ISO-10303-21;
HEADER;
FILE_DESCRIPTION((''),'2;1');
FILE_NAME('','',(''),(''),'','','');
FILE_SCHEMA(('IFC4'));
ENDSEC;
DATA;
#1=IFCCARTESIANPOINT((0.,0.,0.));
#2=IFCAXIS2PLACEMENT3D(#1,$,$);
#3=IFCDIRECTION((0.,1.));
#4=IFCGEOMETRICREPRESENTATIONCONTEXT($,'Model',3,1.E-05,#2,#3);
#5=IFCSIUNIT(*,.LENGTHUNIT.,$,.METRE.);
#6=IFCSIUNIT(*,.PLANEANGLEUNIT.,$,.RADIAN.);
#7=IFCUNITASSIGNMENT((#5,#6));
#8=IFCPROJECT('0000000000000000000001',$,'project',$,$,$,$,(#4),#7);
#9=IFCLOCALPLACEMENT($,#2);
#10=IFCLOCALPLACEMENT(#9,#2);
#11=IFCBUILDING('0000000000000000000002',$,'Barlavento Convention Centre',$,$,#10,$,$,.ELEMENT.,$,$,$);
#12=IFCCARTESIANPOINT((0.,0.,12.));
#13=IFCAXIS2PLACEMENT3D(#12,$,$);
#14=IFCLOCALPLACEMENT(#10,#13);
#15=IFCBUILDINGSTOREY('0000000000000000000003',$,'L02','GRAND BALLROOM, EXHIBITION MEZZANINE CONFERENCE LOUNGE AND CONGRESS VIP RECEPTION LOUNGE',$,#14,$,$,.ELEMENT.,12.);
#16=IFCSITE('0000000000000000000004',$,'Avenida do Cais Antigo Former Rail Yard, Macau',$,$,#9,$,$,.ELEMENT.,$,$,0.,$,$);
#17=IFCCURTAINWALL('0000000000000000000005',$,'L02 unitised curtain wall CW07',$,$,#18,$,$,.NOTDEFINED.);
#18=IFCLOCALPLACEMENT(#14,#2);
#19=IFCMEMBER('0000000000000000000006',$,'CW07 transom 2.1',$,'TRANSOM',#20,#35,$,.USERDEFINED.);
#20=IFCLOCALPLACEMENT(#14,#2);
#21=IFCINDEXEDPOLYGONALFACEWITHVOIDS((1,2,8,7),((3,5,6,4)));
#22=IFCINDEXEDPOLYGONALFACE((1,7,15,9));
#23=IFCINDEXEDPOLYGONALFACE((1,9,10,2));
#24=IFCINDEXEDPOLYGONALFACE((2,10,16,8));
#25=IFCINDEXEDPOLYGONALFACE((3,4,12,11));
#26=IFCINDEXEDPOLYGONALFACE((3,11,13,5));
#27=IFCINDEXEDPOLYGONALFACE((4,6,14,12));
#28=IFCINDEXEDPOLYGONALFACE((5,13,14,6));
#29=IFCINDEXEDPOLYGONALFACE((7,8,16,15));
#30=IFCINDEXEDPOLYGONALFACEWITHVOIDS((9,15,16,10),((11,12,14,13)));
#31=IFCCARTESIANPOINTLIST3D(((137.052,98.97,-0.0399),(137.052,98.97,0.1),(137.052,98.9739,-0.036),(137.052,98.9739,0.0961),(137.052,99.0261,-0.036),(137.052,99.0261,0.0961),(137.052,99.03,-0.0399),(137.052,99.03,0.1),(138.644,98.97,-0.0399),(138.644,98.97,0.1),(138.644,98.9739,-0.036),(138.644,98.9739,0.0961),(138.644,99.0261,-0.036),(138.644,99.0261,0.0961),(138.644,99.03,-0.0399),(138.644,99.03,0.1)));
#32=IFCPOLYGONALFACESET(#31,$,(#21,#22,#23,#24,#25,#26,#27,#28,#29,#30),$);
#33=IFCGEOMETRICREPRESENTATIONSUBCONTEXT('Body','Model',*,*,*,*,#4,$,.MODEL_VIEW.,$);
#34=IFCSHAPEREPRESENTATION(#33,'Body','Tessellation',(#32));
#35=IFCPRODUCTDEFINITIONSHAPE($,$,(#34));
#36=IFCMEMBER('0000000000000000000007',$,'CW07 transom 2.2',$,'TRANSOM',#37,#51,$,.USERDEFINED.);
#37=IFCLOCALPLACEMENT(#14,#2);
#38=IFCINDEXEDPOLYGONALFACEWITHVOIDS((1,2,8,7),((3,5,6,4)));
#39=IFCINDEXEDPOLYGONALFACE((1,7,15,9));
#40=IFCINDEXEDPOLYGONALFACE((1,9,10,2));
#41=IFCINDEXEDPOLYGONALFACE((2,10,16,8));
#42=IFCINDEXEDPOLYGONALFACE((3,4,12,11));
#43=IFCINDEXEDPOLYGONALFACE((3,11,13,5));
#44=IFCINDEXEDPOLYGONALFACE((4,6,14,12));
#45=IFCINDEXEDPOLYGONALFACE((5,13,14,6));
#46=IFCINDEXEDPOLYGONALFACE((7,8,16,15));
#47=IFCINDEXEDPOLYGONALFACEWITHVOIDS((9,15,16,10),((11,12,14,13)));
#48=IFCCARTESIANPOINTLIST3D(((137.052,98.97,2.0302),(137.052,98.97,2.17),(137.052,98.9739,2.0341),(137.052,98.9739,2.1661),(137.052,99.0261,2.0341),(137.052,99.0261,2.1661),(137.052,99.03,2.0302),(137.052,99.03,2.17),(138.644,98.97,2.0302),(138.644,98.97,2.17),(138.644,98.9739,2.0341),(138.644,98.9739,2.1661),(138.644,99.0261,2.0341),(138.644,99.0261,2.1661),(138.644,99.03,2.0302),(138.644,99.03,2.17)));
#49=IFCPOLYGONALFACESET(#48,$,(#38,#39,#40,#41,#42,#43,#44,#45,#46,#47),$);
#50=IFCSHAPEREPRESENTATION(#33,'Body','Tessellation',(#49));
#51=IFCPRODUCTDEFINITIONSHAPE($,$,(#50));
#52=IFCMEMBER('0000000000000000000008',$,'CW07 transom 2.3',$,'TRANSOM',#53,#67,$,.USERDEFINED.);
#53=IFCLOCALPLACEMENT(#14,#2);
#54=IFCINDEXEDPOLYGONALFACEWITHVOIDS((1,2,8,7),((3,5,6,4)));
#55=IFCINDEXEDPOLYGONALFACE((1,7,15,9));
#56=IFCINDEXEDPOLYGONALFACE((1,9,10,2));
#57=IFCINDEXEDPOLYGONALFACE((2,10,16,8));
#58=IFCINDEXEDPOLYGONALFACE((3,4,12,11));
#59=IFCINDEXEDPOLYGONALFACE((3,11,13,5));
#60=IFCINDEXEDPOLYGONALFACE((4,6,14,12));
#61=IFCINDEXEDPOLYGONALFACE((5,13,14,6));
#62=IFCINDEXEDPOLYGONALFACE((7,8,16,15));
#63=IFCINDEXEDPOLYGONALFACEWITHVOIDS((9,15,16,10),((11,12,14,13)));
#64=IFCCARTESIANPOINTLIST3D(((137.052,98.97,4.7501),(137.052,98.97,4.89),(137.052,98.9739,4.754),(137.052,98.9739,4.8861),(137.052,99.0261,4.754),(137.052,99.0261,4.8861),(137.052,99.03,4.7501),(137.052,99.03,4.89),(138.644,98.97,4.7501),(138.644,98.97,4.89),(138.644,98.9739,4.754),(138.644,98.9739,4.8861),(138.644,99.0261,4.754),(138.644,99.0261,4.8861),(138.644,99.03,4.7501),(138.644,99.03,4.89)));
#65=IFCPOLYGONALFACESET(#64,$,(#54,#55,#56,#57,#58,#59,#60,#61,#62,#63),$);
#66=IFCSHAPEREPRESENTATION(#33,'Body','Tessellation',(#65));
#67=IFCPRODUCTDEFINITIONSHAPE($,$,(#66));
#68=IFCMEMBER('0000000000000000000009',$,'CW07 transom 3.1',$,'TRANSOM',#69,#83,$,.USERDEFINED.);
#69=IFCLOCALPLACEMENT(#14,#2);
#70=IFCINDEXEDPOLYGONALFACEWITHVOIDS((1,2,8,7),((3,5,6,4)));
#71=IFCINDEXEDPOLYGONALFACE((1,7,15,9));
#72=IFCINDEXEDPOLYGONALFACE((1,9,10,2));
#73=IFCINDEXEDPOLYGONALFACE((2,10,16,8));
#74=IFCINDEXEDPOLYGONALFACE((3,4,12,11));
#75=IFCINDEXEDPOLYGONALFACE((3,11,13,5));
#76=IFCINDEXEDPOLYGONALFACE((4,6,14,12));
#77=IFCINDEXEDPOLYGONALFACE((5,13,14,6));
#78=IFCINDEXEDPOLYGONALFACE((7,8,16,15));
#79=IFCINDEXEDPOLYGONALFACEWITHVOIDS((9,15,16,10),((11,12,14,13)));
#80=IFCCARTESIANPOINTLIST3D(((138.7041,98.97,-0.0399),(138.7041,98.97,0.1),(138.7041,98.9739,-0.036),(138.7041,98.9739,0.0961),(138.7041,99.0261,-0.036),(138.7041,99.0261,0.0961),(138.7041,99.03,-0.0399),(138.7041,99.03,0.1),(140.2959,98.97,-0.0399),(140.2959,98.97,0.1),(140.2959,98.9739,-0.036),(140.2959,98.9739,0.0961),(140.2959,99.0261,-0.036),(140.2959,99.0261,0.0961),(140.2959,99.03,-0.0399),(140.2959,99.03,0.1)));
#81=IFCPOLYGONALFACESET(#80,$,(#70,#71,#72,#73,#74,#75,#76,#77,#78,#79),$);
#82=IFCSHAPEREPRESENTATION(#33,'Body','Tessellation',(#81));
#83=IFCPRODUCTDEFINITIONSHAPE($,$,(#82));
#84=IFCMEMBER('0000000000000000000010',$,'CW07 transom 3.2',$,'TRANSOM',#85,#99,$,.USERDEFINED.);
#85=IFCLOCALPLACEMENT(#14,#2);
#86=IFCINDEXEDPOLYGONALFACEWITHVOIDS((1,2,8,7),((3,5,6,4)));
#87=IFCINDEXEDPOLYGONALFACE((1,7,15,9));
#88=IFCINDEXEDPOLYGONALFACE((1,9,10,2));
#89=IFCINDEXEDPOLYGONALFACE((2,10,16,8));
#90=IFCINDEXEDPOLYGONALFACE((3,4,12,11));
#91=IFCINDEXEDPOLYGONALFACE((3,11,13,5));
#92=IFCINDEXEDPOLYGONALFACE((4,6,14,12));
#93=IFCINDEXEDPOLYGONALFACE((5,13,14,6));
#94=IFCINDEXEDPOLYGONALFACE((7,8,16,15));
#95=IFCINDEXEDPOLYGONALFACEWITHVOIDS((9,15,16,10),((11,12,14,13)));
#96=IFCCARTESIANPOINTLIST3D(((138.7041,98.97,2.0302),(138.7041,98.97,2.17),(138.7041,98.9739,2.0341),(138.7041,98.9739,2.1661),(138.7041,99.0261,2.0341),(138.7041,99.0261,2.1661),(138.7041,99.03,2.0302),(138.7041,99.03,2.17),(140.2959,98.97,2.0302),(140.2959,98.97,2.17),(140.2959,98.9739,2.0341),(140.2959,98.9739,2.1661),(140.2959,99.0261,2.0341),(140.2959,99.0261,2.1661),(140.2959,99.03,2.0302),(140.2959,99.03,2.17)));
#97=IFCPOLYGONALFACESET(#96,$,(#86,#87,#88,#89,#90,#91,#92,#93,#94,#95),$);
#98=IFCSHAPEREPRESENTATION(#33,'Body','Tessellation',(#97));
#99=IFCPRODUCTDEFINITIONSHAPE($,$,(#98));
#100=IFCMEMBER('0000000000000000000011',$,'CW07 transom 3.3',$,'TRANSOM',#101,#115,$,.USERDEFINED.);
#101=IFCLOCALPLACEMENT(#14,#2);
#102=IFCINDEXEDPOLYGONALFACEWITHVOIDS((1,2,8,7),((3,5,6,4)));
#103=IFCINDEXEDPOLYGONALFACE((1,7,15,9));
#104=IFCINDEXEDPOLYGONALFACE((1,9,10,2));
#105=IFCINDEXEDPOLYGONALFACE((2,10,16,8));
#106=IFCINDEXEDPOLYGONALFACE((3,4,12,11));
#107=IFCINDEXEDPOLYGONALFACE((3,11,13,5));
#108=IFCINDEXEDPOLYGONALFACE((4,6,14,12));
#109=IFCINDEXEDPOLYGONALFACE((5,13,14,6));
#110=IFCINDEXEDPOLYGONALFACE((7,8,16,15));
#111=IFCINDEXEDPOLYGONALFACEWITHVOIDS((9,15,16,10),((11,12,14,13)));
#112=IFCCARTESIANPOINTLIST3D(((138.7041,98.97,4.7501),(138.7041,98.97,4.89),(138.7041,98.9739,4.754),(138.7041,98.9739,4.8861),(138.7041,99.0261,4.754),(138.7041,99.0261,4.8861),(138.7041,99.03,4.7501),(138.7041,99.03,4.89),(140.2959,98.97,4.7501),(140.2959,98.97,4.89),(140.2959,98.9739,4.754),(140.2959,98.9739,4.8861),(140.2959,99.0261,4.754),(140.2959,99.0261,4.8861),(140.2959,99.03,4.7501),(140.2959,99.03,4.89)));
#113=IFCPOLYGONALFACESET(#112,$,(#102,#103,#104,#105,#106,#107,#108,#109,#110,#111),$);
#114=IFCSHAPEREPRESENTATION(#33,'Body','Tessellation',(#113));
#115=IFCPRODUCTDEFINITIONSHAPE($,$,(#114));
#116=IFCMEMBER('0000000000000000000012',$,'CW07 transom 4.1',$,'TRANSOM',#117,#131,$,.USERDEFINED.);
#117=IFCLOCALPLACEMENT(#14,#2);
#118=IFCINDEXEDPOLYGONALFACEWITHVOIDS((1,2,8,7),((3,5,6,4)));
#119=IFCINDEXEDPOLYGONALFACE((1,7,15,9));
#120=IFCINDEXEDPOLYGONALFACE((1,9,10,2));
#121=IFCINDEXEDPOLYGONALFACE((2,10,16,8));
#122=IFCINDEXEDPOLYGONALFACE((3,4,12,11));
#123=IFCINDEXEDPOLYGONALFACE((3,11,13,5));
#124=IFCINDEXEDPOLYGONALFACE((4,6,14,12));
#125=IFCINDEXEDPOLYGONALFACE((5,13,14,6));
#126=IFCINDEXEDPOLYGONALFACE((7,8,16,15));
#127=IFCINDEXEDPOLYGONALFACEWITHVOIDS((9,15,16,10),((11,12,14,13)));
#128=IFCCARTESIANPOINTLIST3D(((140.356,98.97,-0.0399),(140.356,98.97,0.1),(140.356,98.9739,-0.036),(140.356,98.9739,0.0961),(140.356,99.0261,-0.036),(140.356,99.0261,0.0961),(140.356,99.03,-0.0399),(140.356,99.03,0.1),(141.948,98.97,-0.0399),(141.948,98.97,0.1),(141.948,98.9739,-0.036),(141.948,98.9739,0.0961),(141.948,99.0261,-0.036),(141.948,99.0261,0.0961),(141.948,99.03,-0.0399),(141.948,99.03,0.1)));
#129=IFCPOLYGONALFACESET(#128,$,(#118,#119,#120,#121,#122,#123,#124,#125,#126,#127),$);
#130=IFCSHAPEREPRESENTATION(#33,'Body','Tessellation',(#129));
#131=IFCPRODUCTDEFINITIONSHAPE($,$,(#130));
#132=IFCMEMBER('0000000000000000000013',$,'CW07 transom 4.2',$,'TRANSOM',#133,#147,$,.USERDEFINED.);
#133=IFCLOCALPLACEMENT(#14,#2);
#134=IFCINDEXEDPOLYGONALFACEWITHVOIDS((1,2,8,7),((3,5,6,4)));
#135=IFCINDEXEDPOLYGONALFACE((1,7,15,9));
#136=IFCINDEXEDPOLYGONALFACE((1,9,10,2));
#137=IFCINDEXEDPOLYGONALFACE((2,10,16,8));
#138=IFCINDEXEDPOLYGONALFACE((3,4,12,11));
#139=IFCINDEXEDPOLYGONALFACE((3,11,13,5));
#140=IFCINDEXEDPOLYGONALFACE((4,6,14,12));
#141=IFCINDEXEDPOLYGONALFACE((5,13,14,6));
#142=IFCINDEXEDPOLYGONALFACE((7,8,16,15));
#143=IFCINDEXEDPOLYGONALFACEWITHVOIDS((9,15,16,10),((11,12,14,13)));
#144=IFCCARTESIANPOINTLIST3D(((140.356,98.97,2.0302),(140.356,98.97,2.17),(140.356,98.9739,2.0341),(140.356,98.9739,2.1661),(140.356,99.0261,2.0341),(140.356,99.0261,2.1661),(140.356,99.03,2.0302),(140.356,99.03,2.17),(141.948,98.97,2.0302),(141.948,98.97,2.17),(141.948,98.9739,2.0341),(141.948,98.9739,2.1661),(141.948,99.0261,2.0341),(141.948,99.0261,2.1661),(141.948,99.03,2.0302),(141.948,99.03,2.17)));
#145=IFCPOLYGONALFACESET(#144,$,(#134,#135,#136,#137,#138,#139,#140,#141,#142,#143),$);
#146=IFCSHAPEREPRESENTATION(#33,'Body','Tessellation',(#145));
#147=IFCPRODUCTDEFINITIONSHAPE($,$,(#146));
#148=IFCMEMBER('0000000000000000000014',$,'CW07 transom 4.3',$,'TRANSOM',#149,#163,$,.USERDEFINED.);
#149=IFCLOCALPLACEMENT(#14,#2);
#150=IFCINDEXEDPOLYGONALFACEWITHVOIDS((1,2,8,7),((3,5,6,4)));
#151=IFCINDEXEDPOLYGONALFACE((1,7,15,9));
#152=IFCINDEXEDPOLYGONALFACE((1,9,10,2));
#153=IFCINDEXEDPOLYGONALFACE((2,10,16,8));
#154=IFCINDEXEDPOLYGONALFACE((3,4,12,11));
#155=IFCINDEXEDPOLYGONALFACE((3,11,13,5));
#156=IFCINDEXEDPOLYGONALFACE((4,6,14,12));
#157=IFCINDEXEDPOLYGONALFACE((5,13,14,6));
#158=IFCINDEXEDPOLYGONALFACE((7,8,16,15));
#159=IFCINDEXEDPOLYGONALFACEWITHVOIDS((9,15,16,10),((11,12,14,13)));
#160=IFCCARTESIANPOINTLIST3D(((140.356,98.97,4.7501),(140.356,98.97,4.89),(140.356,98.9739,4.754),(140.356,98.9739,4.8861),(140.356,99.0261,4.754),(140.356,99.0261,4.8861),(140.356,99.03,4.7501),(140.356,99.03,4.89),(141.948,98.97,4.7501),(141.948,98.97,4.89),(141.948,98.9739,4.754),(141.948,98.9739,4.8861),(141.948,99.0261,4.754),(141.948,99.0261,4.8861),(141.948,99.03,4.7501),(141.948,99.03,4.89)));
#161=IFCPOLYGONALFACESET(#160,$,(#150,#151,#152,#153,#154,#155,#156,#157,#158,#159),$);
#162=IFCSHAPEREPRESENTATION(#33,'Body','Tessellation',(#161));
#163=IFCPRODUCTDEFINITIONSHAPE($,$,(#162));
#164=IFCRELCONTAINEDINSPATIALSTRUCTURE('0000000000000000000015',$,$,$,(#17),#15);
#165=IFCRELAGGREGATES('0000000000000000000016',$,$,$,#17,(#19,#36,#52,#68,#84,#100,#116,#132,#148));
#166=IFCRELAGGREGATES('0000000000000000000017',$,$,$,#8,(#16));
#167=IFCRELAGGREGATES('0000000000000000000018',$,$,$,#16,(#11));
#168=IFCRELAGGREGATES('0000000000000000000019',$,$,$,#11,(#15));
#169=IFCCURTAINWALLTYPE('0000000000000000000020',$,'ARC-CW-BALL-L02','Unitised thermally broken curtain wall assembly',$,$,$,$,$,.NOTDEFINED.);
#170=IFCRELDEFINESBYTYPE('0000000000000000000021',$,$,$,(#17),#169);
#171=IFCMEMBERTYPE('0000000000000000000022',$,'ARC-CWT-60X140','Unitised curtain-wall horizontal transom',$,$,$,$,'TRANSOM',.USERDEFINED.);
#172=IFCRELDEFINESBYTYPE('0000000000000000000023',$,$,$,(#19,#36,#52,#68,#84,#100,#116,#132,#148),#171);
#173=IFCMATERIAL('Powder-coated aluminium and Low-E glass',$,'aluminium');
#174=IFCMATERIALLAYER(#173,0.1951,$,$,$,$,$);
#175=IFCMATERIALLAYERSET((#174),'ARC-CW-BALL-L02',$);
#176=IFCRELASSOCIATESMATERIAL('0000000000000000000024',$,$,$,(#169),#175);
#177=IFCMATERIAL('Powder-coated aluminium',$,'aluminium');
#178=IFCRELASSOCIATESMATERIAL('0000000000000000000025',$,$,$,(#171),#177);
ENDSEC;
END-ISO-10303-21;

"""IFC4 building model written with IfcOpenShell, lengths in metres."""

from ifc_helpers import new_model, si_unit, direction, frame, origin, origin_2d, place, context, subcontext, project, spatial, hollow_rectangle, extrude, material, layer, layer_set, material_profile, profile_set, type_object, element, aggregate, save


model = new_model("IFC4")

# Units and contexts
model_context = context("Model", 3, precision=1e-05, world=origin(), true_north=direction((0.0, 1.0)))
body_context = subcontext(model_context, "Body", "Model", "MODEL_VIEW")
ifc_project = project(units=[si_unit("LENGTHUNIT", "METRE"), si_unit("PLANEANGLEUNIT", "RADIAN")], contexts=[model_context])

# Site, building, storey
site_placement = place(None, origin())
site = spatial("IfcSite", under=ifc_project, at=site_placement, Name="Avenida do Cais Antigo Former Rail Yard, Macau", CompositionType="ELEMENT", RefElevation=0.0)
building_placement = place(site_placement, origin())
building = spatial("IfcBuilding", under=site, at=building_placement, Name="Barlavento Convention Centre", CompositionType="ELEMENT")
storey_placement = place(building_placement, frame((0.0, 0.0, 12.0)))
storey = spatial("IfcBuildingStorey", under=building, at=storey_placement, Name="L02", Description="GRAND BALLROOM, EXHIBITION MEZZANINE CONFERENCE LOUNGE AND CONGRESS VIP RECEPTION LOUNGE", CompositionType="ELEMENT", Elevation=12.0)

# Shared definitions
ifc_material_1 = material(Name="Powder-coated aluminium and Low-E glass", Category="aluminium")
ifc_layer_1 = layer(ifc_material_1, 0.1951)
ifc_layer_set_1 = layer_set([ifc_layer_1], Name="ARC-CW-BALL-L02")
curtain_wall_type = type_object("IfcCurtainWallType", Name="ARC-CW-BALL-L02", Description="Unitised thermally broken curtain wall assembly", PredefinedType="NOTDEFINED", material=ifc_layer_set_1)
ifc_material_2 = material(Name="Powder-coated aluminium", Category="aluminium")

# Curtain wall, members
curtain_wall_1_placement = place(storey_placement, origin())
curtain_wall_1 = element("IfcCurtainWall", 1, at=curtain_wall_1_placement, inside=storey, type_object=curtain_wall_type, Name="L02 unitised curtain wall CW07", PredefinedType="NOTDEFINED")
ifc_material_profile_1 = material_profile(ifc_material_2, hollow_rectangle(XDim=0.0601, YDim=0.1399, WallThickness=0.0039, at=origin_2d()), Name="AL-TRAN 60x140x4")
ifc_profile_set_1 = profile_set([ifc_material_profile_1], Name="Powder-coated aluminium")
member_type_1 = type_object("IfcMemberType", Name="ARC-CWT-60X140", Description="Unitised curtain-wall horizontal transom", ElementType="TRANSOM", PredefinedType="USERDEFINED", material=ifc_profile_set_1)
member_1_placement = place(storey_placement, frame((137.052, 99.0, 0.03), z_axis=(1.0, 0.0, 0.0), x_axis=(0.0, 1.0, 0.0)))
member_1 = element("IfcMember", 2, at=member_1_placement, type_object=member_type_1, Name="CW07 transom 2.1", ObjectType="TRANSOM", PredefinedType="USERDEFINED", context=body_context, shape_type="SweptSolid", body=[
    extrude(hollow_rectangle(XDim=0.0601, YDim=0.1399, WallThickness=0.0039, at=origin_2d()), origin(), (0.0, 0.0, 1.0), 1.592),
])
member_2_placement = place(storey_placement, frame((137.052, 99.0, 2.1001), z_axis=(1.0, 0.0, 0.0), x_axis=(0.0, 1.0, 0.0)))
member_2 = element("IfcMember", 3, at=member_2_placement, type_object=member_type_1, Name="CW07 transom 2.2", ObjectType="TRANSOM", PredefinedType="USERDEFINED", context=body_context, shape_type="SweptSolid", body=[
    extrude(hollow_rectangle(XDim=0.0601, YDim=0.1399, WallThickness=0.0039, at=origin_2d()), origin(), (0.0, 0.0, 1.0), 1.592),
])
member_3_placement = place(storey_placement, frame((137.052, 99.0, 4.8201), z_axis=(1.0, 0.0, 0.0), x_axis=(0.0, 1.0, 0.0)))
member_3 = element("IfcMember", 4, at=member_3_placement, type_object=member_type_1, Name="CW07 transom 2.3", ObjectType="TRANSOM", PredefinedType="USERDEFINED", context=body_context, shape_type="SweptSolid", body=[
    extrude(hollow_rectangle(XDim=0.0601, YDim=0.1399, WallThickness=0.0039, at=origin_2d()), origin(), (0.0, 0.0, 1.0), 1.592),
])
member_4_placement = place(storey_placement, frame((138.7041, 99.0, 0.03), z_axis=(1.0, 0.0, 0.0), x_axis=(0.0, 1.0, 0.0)))
member_4 = element("IfcMember", 5, at=member_4_placement, type_object=member_type_1, Name="CW07 transom 3.1", ObjectType="TRANSOM", PredefinedType="USERDEFINED", context=body_context, shape_type="SweptSolid", body=[
    extrude(hollow_rectangle(XDim=0.0601, YDim=0.1399, WallThickness=0.0039, at=origin_2d()), origin(), (0.0, 0.0, 1.0), 1.5918),
])
member_5_placement = place(storey_placement, frame((138.7041, 99.0, 2.1001), z_axis=(1.0, 0.0, 0.0), x_axis=(0.0, 1.0, 0.0)))
member_5 = element("IfcMember", 6, at=member_5_placement, type_object=member_type_1, Name="CW07 transom 3.2", ObjectType="TRANSOM", PredefinedType="USERDEFINED", context=body_context, shape_type="SweptSolid", body=[
    extrude(hollow_rectangle(XDim=0.0601, YDim=0.1399, WallThickness=0.0039, at=origin_2d()), origin(), (0.0, 0.0, 1.0), 1.5918),
])
member_6_placement = place(storey_placement, frame((138.7041, 99.0, 4.8201), z_axis=(1.0, 0.0, 0.0), x_axis=(0.0, 1.0, 0.0)))
member_6 = element("IfcMember", 7, at=member_6_placement, type_object=member_type_1, Name="CW07 transom 3.3", ObjectType="TRANSOM", PredefinedType="USERDEFINED", context=body_context, shape_type="SweptSolid", body=[
    extrude(hollow_rectangle(XDim=0.0601, YDim=0.1399, WallThickness=0.0039, at=origin_2d()), origin(), (0.0, 0.0, 1.0), 1.5918),
])
member_7_placement = place(storey_placement, frame((140.356, 99.0, 0.03), z_axis=(1.0, 0.0, 0.0), x_axis=(0.0, 1.0, 0.0)))
member_7 = element("IfcMember", 8, at=member_7_placement, type_object=member_type_1, Name="CW07 transom 4.1", ObjectType="TRANSOM", PredefinedType="USERDEFINED", context=body_context, shape_type="SweptSolid", body=[
    extrude(hollow_rectangle(XDim=0.0601, YDim=0.1399, WallThickness=0.0039, at=origin_2d()), origin(), (0.0, 0.0, 1.0), 1.592),
])
member_8_placement = place(storey_placement, frame((140.356, 99.0, 2.1001), z_axis=(1.0, 0.0, 0.0), x_axis=(0.0, 1.0, 0.0)))
member_8 = element("IfcMember", 9, at=member_8_placement, type_object=member_type_1, Name="CW07 transom 4.2", ObjectType="TRANSOM", PredefinedType="USERDEFINED", context=body_context, shape_type="SweptSolid", body=[
    extrude(hollow_rectangle(XDim=0.0601, YDim=0.1399, WallThickness=0.0039, at=origin_2d()), origin(), (0.0, 0.0, 1.0), 1.592),
])
member_9_placement = place(storey_placement, frame((140.356, 99.0, 4.8201), z_axis=(1.0, 0.0, 0.0), x_axis=(0.0, 1.0, 0.0)))
member_9 = element("IfcMember", 10, at=member_9_placement, type_object=member_type_1, Name="CW07 transom 4.3", ObjectType="TRANSOM", PredefinedType="USERDEFINED", context=body_context, shape_type="SweptSolid", body=[
    extrude(hollow_rectangle(XDim=0.0601, YDim=0.1399, WallThickness=0.0039, at=origin_2d()), origin(), (0.0, 0.0, 1.0), 1.592),
])

aggregate(curtain_wall_1, [member_1, member_2, member_3, member_4, member_5, member_6, member_7, member_8, member_9])

save(model, "model.ifc")
